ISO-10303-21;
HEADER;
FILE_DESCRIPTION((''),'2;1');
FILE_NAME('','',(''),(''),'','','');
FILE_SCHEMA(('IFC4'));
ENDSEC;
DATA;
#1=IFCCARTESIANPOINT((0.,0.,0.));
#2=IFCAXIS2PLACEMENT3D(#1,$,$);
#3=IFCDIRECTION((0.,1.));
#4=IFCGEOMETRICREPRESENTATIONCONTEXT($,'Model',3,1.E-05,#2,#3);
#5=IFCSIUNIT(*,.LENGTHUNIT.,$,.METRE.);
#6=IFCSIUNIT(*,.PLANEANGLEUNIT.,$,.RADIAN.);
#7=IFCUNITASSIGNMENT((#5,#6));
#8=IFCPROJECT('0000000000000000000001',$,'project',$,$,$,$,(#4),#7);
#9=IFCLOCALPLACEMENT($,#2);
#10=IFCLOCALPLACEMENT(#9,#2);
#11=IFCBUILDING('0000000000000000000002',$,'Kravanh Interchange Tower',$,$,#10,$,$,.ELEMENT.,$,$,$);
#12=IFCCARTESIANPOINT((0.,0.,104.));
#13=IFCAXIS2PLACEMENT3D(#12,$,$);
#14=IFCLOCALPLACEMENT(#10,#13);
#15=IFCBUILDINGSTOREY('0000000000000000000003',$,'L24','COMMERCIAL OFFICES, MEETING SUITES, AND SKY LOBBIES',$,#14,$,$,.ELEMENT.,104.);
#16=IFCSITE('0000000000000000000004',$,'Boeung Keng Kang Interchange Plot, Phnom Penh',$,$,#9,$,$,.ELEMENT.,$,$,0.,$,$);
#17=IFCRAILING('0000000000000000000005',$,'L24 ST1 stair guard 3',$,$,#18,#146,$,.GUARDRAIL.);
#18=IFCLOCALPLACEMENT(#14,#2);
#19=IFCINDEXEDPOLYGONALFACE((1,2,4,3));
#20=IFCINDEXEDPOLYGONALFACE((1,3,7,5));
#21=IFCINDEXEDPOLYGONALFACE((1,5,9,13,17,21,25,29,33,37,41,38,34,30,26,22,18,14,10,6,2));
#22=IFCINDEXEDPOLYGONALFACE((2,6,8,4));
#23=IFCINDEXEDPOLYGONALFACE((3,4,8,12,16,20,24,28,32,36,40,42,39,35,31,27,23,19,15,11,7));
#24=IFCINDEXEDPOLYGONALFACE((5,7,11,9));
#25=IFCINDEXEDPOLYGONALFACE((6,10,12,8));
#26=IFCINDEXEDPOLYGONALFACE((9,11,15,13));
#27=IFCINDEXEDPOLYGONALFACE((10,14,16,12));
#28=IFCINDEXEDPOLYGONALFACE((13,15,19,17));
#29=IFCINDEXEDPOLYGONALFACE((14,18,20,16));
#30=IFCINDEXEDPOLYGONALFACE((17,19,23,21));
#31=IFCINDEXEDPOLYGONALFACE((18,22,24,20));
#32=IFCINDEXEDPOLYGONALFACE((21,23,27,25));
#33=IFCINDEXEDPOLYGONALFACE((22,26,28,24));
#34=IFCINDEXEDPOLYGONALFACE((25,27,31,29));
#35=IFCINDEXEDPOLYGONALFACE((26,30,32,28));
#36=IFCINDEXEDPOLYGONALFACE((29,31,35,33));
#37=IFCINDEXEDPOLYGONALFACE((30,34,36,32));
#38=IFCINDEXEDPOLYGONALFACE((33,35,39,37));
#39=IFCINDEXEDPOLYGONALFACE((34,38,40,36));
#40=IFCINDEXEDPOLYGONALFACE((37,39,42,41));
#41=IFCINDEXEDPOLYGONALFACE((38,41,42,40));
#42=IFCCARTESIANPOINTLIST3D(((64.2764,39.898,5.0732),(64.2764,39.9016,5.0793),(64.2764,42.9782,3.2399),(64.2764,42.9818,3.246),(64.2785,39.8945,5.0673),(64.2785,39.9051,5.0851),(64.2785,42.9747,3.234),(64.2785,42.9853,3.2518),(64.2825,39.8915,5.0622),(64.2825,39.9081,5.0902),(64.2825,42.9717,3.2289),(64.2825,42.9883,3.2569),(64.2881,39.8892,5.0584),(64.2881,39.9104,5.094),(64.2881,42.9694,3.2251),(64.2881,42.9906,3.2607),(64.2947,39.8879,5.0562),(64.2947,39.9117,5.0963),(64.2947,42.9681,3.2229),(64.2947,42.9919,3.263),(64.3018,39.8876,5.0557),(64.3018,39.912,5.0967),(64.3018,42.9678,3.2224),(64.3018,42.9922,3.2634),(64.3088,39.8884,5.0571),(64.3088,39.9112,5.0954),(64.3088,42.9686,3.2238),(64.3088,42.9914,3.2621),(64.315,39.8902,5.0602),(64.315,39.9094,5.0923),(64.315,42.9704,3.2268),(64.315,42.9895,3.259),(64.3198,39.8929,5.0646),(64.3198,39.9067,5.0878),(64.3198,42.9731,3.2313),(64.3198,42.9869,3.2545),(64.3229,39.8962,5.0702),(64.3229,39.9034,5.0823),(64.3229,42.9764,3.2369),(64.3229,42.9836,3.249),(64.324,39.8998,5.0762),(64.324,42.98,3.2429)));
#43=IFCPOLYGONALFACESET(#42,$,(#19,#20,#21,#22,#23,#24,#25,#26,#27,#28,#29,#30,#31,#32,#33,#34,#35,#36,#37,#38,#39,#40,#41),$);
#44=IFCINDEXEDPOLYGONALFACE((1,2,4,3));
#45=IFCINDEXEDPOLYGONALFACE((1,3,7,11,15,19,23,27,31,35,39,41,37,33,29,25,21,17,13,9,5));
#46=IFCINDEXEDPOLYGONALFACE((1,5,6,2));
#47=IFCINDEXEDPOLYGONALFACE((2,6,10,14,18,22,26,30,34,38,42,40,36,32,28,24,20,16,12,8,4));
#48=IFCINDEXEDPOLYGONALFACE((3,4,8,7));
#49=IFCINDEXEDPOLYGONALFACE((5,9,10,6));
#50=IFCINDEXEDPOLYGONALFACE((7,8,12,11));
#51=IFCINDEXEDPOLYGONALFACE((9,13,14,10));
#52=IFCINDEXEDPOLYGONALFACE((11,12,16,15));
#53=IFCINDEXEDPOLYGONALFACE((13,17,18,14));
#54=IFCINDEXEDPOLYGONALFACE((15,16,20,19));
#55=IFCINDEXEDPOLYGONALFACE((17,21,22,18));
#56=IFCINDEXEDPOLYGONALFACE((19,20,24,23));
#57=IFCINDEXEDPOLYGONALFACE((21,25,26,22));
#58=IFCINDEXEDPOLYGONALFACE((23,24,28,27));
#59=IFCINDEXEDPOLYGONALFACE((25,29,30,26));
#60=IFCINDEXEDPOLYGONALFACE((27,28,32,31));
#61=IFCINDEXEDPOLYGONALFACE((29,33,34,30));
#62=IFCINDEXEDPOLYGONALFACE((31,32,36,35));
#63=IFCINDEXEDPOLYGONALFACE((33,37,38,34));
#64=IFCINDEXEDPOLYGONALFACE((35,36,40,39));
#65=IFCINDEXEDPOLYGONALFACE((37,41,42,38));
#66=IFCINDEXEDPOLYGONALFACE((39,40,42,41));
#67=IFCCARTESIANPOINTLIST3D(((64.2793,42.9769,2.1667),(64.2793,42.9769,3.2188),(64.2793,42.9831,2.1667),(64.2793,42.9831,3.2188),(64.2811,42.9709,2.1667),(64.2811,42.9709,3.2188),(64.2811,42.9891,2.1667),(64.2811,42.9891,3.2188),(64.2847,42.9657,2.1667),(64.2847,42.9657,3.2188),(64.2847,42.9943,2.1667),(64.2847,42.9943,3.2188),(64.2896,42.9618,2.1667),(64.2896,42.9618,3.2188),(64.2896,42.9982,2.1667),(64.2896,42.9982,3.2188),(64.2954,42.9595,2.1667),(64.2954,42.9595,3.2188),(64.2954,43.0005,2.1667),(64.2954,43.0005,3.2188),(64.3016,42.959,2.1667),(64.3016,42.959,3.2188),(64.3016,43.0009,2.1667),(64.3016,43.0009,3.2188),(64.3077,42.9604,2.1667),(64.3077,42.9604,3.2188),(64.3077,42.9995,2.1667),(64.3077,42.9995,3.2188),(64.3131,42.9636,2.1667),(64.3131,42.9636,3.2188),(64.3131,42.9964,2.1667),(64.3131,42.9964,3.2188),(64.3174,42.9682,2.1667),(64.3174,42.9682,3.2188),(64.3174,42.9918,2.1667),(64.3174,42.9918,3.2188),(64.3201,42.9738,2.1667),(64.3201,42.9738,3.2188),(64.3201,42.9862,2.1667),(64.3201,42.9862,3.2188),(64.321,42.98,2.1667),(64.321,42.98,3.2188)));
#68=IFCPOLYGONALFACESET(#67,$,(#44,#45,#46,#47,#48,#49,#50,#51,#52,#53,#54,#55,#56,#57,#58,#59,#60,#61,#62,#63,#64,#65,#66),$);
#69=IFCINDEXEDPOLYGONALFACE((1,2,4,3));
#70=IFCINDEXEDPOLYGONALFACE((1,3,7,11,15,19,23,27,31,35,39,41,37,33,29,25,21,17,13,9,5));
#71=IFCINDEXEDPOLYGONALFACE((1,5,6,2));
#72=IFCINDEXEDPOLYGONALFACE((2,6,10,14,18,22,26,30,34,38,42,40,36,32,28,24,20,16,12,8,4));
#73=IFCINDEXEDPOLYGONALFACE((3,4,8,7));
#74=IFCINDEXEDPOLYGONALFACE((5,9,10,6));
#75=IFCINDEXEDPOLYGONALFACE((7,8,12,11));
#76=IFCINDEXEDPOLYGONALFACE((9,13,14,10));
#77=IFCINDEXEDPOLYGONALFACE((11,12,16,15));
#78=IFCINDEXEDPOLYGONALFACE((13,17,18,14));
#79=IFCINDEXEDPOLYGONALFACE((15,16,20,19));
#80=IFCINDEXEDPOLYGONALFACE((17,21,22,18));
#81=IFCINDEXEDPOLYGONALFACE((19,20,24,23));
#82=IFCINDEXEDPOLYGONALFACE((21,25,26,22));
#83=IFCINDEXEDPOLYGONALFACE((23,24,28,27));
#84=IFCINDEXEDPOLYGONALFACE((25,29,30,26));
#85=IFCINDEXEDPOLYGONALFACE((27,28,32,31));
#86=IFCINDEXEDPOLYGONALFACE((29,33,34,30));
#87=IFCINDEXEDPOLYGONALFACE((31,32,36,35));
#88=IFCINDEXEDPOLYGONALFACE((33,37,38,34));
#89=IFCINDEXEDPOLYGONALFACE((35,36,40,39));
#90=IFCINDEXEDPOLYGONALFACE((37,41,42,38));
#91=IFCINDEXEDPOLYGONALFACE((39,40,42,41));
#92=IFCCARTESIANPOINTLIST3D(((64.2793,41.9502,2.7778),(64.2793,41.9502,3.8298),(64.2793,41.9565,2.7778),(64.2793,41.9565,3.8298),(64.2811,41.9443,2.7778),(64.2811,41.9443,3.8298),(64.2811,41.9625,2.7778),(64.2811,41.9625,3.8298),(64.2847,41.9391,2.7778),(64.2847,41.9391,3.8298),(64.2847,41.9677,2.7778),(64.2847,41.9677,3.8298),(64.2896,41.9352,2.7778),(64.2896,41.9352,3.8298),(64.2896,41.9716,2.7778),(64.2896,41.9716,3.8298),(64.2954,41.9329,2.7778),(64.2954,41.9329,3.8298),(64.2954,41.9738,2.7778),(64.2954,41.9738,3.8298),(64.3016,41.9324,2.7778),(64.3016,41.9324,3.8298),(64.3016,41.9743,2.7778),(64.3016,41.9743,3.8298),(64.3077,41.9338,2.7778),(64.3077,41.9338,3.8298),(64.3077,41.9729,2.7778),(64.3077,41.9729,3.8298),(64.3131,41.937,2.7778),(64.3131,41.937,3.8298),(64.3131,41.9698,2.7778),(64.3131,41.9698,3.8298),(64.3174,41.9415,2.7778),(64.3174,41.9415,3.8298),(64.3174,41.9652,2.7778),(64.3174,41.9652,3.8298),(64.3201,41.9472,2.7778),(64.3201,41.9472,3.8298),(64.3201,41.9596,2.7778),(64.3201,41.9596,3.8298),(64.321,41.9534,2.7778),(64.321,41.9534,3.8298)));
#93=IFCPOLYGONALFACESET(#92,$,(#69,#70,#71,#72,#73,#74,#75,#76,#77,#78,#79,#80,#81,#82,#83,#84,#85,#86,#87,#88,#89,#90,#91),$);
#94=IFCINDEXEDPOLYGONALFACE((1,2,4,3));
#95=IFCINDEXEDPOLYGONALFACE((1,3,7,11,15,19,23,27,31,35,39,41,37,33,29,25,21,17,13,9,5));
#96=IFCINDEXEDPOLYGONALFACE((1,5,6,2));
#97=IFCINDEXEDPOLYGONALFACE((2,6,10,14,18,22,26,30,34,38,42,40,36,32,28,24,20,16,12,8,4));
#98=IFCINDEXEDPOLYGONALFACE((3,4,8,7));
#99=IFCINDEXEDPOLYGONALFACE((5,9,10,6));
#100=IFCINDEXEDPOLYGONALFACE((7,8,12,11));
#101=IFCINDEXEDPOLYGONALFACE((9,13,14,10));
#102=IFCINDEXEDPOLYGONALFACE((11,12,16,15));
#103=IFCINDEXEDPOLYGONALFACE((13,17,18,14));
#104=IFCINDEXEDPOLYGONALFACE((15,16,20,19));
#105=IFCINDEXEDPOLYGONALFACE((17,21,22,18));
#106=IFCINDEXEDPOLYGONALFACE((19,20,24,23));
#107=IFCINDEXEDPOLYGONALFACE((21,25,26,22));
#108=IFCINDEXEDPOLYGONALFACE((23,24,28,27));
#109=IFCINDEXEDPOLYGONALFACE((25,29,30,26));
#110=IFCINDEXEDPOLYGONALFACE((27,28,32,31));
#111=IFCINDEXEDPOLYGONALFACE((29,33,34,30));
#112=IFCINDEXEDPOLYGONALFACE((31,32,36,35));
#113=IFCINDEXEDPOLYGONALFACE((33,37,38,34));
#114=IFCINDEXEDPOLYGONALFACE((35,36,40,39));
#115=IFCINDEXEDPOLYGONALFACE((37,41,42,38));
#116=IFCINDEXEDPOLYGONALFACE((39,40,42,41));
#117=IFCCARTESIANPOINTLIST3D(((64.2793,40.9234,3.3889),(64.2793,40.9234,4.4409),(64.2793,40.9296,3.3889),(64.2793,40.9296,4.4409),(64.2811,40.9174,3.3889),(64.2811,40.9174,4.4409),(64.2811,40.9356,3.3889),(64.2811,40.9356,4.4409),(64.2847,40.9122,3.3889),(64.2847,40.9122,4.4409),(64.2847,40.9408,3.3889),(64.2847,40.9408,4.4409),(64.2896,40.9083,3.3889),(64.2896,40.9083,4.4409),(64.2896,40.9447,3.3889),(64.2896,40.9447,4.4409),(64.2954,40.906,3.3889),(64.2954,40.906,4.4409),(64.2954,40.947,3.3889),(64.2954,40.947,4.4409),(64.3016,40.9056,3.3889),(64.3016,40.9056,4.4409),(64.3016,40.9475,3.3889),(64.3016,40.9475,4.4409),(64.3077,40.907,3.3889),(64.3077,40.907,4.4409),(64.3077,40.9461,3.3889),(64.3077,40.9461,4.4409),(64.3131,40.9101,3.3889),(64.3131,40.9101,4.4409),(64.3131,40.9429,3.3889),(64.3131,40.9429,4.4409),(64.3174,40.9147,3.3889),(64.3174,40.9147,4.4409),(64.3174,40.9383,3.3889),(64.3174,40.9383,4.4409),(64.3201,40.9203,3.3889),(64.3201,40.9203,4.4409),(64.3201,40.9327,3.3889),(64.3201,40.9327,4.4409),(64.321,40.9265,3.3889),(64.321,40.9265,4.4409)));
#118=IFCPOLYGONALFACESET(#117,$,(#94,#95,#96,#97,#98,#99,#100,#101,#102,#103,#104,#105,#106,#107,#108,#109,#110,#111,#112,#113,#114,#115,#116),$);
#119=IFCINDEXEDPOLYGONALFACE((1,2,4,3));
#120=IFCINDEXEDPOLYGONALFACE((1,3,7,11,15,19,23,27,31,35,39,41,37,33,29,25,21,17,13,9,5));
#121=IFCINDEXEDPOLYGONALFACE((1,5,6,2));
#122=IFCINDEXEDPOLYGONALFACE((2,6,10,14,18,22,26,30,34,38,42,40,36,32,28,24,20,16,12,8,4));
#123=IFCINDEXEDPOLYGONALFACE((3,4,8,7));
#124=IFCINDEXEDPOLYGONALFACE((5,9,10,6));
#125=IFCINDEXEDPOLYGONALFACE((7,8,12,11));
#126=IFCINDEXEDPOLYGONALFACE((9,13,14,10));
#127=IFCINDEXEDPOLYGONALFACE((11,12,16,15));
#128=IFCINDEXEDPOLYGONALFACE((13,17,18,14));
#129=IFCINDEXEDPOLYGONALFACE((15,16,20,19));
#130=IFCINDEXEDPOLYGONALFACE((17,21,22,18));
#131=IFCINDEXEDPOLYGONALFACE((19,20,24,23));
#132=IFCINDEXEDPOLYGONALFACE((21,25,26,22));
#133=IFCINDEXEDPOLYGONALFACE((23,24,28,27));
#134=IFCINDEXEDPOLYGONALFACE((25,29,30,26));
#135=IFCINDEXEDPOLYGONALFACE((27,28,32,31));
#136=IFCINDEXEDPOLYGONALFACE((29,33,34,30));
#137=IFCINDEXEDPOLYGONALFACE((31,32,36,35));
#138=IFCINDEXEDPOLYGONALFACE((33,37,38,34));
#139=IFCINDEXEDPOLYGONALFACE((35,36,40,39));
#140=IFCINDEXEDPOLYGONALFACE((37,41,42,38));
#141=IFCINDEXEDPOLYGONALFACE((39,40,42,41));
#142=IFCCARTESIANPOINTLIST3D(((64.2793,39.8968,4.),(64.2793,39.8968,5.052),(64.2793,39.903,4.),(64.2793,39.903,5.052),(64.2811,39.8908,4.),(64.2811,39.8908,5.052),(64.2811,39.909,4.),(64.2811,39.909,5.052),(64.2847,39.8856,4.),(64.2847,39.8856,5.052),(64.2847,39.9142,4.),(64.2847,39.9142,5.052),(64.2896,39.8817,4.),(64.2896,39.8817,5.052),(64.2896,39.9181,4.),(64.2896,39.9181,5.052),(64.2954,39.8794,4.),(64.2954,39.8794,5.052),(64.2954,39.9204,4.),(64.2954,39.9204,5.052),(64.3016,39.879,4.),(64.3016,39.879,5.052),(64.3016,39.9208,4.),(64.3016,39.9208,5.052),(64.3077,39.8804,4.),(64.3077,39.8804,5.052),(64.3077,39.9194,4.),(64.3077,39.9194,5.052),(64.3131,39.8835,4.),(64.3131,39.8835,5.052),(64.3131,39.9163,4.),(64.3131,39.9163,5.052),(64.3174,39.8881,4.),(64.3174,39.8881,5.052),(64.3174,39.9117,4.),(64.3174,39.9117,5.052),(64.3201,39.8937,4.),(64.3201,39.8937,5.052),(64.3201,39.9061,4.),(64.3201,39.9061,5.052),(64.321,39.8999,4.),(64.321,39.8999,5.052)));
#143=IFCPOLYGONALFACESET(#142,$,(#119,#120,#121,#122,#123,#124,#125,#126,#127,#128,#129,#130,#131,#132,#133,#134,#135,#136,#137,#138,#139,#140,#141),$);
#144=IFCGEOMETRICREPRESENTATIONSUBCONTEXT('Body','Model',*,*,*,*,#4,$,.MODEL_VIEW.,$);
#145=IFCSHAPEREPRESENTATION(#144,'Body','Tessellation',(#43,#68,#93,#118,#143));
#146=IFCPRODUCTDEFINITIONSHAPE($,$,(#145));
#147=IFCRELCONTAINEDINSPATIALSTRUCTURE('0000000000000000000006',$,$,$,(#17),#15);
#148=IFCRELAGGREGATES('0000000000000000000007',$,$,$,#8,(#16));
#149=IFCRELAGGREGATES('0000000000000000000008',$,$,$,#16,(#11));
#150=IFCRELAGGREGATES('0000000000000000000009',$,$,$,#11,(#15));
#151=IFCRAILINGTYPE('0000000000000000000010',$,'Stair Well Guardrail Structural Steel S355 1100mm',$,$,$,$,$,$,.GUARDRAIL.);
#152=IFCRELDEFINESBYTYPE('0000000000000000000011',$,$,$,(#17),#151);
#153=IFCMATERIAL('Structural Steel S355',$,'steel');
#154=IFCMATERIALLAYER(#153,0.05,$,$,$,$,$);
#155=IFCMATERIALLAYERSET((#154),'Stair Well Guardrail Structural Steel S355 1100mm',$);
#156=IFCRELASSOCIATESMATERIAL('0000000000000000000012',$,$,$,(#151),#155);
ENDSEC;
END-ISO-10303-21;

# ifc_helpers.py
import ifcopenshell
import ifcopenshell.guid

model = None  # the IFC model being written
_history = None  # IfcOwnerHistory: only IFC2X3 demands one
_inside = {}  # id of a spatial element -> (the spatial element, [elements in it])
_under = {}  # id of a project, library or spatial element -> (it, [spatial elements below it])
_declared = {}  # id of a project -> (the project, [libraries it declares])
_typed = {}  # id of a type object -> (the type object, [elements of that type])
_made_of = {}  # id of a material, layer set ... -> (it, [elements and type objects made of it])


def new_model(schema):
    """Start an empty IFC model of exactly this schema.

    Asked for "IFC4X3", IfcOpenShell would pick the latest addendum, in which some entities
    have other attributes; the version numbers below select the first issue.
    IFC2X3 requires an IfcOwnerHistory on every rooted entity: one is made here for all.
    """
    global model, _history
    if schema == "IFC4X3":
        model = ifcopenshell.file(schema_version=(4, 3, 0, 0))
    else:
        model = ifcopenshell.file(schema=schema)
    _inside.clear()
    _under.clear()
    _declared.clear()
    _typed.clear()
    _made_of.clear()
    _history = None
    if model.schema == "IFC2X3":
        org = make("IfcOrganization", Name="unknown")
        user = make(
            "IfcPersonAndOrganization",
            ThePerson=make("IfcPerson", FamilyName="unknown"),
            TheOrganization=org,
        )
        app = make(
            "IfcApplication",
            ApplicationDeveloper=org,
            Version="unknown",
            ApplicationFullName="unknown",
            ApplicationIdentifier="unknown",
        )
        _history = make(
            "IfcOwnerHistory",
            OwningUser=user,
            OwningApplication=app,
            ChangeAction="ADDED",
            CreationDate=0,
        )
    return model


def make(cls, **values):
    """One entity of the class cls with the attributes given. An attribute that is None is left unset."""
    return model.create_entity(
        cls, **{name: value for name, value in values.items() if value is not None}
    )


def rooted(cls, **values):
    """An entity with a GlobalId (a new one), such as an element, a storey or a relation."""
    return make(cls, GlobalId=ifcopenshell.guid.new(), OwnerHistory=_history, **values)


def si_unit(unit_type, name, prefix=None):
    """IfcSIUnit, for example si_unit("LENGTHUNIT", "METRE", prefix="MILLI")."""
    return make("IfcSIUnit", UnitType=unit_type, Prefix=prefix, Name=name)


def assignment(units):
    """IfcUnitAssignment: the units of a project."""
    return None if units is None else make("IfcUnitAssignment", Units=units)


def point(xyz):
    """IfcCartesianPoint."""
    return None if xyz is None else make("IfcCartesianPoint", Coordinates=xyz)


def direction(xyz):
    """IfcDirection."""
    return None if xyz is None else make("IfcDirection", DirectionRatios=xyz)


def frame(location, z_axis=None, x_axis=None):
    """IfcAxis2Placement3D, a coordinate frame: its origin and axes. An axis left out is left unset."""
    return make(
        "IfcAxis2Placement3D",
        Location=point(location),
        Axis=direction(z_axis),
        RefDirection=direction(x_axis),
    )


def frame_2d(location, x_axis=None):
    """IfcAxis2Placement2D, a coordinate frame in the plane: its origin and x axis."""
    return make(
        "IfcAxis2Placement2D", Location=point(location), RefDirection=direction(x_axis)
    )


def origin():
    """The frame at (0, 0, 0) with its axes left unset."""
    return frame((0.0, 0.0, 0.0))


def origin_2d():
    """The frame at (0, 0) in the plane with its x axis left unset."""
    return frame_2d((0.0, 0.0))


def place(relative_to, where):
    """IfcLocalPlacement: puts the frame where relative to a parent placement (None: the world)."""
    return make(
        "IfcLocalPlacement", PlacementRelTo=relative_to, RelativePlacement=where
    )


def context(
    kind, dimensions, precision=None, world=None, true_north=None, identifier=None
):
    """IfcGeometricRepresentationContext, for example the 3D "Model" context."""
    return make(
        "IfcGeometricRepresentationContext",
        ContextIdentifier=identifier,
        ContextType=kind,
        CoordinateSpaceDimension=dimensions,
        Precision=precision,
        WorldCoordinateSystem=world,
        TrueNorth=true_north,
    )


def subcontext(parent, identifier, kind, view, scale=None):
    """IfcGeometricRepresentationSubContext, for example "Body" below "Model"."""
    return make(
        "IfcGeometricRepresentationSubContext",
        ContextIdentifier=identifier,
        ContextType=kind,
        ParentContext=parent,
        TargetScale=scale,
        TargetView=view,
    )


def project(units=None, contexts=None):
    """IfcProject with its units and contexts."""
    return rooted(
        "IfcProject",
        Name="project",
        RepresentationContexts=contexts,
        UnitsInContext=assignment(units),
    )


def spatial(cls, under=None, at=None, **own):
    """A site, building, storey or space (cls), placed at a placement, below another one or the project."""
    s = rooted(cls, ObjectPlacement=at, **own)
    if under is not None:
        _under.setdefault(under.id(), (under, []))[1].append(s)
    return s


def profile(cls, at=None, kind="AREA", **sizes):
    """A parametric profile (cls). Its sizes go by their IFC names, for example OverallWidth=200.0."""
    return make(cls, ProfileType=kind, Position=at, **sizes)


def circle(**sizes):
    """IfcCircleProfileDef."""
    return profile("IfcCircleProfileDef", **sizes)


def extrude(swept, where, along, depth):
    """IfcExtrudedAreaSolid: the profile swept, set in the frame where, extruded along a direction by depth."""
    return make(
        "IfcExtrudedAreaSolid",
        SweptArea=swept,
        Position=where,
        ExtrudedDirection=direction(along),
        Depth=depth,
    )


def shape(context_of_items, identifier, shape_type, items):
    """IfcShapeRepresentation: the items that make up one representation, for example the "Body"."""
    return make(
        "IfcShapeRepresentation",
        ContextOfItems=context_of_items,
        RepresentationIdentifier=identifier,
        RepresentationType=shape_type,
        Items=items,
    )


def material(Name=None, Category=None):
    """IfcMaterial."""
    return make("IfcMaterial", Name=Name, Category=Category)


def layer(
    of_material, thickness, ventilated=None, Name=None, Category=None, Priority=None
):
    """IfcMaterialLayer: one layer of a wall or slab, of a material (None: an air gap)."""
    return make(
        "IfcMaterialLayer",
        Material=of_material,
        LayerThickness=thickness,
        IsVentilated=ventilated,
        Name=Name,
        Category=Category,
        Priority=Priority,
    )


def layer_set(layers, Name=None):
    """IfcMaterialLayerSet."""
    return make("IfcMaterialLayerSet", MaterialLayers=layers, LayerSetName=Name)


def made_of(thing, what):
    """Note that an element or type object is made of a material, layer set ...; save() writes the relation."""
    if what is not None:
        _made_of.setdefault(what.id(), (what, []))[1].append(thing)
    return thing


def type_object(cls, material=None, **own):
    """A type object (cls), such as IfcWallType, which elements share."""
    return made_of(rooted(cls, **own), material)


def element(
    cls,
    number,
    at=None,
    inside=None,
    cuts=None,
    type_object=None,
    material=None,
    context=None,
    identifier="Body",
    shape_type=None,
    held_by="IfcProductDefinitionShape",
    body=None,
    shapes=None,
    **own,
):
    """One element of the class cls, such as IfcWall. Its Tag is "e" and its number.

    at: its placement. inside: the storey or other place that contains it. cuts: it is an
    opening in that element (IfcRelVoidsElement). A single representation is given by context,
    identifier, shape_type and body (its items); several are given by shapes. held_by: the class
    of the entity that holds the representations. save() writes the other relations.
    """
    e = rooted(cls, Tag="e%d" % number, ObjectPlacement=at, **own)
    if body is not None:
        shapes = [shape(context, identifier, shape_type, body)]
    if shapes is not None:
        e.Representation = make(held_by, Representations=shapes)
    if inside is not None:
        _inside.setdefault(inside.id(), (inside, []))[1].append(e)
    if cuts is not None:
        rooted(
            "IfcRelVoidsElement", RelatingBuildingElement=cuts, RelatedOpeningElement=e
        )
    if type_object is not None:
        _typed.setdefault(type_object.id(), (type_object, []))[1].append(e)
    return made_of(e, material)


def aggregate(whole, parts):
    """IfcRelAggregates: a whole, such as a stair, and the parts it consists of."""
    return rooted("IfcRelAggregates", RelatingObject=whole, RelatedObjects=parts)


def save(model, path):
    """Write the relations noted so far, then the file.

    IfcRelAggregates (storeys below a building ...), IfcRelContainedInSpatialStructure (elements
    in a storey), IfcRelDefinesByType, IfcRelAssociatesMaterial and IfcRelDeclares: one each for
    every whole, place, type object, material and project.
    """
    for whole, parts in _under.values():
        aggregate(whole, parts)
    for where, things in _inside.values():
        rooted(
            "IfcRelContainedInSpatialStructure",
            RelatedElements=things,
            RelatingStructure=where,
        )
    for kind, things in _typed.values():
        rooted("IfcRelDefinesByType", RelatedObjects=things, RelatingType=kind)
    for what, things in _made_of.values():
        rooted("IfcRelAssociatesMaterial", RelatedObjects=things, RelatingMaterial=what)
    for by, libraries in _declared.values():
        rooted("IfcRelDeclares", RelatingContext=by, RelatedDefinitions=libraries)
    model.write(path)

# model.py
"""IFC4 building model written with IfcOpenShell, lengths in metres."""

from ifc_helpers import new_model, si_unit, direction, frame, origin, origin_2d, place, context, subcontext, project, spatial, circle, extrude, material, layer, layer_set, type_object, element, save


model = new_model("IFC4")

# Units and contexts
model_context = context("Model", 3, precision=1e-05, world=origin(), true_north=direction((0.0, 1.0)))
body_context = subcontext(model_context, "Body", "Model", "MODEL_VIEW")
ifc_project = project(units=[si_unit("LENGTHUNIT", "METRE"), si_unit("PLANEANGLEUNIT", "RADIAN")], contexts=[model_context])

# Site, building, storey
site_placement = place(None, origin())
site = spatial("IfcSite", under=ifc_project, at=site_placement, Name="Boeung Keng Kang Interchange Plot, Phnom Penh", CompositionType="ELEMENT", RefElevation=0.0)
building_placement = place(site_placement, origin())
building = spatial("IfcBuilding", under=site, at=building_placement, Name="Kravanh Interchange Tower", CompositionType="ELEMENT")
storey_placement = place(building_placement, frame((0.0, 0.0, 104.0)))
storey = spatial("IfcBuildingStorey", under=building, at=storey_placement, Name="L24", Description="COMMERCIAL OFFICES, MEETING SUITES, AND SKY LOBBIES", CompositionType="ELEMENT", Elevation=104.0)

# Railing
ifc_material_1 = material(Name="Structural Steel S355", Category="steel")
ifc_layer_1 = layer(ifc_material_1, 0.05)
ifc_layer_set_1 = layer_set([ifc_layer_1], Name="Stair Well Guardrail Structural Steel S355 1100mm")
railing_type_1 = type_object("IfcRailingType", Name="Stair Well Guardrail Structural Steel S355 1100mm", PredefinedType="GUARDRAIL", material=ifc_layer_set_1)
railing_1_placement = place(storey_placement, frame((64.3, 42.98, 2.1667)))
element("IfcRailing", 1, at=railing_1_placement, inside=storey, type_object=railing_type_1, Name="L24 ST1 stair guard 3", PredefinedType="GUARDRAIL", context=body_context, shape_type="SweptSolid", body=[
    extrude(circle(Radius=0.0239, at=origin_2d()), frame((0.0, 0.0, 1.0762), z_axis=(0.0, -0.859309, 0.511458), x_axis=(1.0, 0.0, 0.0)), (0.0, 0.0, 1.0), 3.5845),
    extrude(circle(Radius=0.021, at=origin_2d()), origin(), (0.0, 0.0, 1.0), 1.052),
    extrude(circle(Radius=0.021, at=origin_2d()), frame((0.0, -1.0266, 0.6111)), (0.0, 0.0, 1.0), 1.052),
    extrude(circle(Radius=0.021, at=origin_2d()), frame((0.0, -2.0535, 1.2222)), (0.0, 0.0, 1.0), 1.052),
    extrude(circle(Radius=0.021, at=origin_2d()), frame((0.0, -3.0801, 1.8333)), (0.0, 0.0, 1.0), 1.052),
])

save(model, "model.ifc")
